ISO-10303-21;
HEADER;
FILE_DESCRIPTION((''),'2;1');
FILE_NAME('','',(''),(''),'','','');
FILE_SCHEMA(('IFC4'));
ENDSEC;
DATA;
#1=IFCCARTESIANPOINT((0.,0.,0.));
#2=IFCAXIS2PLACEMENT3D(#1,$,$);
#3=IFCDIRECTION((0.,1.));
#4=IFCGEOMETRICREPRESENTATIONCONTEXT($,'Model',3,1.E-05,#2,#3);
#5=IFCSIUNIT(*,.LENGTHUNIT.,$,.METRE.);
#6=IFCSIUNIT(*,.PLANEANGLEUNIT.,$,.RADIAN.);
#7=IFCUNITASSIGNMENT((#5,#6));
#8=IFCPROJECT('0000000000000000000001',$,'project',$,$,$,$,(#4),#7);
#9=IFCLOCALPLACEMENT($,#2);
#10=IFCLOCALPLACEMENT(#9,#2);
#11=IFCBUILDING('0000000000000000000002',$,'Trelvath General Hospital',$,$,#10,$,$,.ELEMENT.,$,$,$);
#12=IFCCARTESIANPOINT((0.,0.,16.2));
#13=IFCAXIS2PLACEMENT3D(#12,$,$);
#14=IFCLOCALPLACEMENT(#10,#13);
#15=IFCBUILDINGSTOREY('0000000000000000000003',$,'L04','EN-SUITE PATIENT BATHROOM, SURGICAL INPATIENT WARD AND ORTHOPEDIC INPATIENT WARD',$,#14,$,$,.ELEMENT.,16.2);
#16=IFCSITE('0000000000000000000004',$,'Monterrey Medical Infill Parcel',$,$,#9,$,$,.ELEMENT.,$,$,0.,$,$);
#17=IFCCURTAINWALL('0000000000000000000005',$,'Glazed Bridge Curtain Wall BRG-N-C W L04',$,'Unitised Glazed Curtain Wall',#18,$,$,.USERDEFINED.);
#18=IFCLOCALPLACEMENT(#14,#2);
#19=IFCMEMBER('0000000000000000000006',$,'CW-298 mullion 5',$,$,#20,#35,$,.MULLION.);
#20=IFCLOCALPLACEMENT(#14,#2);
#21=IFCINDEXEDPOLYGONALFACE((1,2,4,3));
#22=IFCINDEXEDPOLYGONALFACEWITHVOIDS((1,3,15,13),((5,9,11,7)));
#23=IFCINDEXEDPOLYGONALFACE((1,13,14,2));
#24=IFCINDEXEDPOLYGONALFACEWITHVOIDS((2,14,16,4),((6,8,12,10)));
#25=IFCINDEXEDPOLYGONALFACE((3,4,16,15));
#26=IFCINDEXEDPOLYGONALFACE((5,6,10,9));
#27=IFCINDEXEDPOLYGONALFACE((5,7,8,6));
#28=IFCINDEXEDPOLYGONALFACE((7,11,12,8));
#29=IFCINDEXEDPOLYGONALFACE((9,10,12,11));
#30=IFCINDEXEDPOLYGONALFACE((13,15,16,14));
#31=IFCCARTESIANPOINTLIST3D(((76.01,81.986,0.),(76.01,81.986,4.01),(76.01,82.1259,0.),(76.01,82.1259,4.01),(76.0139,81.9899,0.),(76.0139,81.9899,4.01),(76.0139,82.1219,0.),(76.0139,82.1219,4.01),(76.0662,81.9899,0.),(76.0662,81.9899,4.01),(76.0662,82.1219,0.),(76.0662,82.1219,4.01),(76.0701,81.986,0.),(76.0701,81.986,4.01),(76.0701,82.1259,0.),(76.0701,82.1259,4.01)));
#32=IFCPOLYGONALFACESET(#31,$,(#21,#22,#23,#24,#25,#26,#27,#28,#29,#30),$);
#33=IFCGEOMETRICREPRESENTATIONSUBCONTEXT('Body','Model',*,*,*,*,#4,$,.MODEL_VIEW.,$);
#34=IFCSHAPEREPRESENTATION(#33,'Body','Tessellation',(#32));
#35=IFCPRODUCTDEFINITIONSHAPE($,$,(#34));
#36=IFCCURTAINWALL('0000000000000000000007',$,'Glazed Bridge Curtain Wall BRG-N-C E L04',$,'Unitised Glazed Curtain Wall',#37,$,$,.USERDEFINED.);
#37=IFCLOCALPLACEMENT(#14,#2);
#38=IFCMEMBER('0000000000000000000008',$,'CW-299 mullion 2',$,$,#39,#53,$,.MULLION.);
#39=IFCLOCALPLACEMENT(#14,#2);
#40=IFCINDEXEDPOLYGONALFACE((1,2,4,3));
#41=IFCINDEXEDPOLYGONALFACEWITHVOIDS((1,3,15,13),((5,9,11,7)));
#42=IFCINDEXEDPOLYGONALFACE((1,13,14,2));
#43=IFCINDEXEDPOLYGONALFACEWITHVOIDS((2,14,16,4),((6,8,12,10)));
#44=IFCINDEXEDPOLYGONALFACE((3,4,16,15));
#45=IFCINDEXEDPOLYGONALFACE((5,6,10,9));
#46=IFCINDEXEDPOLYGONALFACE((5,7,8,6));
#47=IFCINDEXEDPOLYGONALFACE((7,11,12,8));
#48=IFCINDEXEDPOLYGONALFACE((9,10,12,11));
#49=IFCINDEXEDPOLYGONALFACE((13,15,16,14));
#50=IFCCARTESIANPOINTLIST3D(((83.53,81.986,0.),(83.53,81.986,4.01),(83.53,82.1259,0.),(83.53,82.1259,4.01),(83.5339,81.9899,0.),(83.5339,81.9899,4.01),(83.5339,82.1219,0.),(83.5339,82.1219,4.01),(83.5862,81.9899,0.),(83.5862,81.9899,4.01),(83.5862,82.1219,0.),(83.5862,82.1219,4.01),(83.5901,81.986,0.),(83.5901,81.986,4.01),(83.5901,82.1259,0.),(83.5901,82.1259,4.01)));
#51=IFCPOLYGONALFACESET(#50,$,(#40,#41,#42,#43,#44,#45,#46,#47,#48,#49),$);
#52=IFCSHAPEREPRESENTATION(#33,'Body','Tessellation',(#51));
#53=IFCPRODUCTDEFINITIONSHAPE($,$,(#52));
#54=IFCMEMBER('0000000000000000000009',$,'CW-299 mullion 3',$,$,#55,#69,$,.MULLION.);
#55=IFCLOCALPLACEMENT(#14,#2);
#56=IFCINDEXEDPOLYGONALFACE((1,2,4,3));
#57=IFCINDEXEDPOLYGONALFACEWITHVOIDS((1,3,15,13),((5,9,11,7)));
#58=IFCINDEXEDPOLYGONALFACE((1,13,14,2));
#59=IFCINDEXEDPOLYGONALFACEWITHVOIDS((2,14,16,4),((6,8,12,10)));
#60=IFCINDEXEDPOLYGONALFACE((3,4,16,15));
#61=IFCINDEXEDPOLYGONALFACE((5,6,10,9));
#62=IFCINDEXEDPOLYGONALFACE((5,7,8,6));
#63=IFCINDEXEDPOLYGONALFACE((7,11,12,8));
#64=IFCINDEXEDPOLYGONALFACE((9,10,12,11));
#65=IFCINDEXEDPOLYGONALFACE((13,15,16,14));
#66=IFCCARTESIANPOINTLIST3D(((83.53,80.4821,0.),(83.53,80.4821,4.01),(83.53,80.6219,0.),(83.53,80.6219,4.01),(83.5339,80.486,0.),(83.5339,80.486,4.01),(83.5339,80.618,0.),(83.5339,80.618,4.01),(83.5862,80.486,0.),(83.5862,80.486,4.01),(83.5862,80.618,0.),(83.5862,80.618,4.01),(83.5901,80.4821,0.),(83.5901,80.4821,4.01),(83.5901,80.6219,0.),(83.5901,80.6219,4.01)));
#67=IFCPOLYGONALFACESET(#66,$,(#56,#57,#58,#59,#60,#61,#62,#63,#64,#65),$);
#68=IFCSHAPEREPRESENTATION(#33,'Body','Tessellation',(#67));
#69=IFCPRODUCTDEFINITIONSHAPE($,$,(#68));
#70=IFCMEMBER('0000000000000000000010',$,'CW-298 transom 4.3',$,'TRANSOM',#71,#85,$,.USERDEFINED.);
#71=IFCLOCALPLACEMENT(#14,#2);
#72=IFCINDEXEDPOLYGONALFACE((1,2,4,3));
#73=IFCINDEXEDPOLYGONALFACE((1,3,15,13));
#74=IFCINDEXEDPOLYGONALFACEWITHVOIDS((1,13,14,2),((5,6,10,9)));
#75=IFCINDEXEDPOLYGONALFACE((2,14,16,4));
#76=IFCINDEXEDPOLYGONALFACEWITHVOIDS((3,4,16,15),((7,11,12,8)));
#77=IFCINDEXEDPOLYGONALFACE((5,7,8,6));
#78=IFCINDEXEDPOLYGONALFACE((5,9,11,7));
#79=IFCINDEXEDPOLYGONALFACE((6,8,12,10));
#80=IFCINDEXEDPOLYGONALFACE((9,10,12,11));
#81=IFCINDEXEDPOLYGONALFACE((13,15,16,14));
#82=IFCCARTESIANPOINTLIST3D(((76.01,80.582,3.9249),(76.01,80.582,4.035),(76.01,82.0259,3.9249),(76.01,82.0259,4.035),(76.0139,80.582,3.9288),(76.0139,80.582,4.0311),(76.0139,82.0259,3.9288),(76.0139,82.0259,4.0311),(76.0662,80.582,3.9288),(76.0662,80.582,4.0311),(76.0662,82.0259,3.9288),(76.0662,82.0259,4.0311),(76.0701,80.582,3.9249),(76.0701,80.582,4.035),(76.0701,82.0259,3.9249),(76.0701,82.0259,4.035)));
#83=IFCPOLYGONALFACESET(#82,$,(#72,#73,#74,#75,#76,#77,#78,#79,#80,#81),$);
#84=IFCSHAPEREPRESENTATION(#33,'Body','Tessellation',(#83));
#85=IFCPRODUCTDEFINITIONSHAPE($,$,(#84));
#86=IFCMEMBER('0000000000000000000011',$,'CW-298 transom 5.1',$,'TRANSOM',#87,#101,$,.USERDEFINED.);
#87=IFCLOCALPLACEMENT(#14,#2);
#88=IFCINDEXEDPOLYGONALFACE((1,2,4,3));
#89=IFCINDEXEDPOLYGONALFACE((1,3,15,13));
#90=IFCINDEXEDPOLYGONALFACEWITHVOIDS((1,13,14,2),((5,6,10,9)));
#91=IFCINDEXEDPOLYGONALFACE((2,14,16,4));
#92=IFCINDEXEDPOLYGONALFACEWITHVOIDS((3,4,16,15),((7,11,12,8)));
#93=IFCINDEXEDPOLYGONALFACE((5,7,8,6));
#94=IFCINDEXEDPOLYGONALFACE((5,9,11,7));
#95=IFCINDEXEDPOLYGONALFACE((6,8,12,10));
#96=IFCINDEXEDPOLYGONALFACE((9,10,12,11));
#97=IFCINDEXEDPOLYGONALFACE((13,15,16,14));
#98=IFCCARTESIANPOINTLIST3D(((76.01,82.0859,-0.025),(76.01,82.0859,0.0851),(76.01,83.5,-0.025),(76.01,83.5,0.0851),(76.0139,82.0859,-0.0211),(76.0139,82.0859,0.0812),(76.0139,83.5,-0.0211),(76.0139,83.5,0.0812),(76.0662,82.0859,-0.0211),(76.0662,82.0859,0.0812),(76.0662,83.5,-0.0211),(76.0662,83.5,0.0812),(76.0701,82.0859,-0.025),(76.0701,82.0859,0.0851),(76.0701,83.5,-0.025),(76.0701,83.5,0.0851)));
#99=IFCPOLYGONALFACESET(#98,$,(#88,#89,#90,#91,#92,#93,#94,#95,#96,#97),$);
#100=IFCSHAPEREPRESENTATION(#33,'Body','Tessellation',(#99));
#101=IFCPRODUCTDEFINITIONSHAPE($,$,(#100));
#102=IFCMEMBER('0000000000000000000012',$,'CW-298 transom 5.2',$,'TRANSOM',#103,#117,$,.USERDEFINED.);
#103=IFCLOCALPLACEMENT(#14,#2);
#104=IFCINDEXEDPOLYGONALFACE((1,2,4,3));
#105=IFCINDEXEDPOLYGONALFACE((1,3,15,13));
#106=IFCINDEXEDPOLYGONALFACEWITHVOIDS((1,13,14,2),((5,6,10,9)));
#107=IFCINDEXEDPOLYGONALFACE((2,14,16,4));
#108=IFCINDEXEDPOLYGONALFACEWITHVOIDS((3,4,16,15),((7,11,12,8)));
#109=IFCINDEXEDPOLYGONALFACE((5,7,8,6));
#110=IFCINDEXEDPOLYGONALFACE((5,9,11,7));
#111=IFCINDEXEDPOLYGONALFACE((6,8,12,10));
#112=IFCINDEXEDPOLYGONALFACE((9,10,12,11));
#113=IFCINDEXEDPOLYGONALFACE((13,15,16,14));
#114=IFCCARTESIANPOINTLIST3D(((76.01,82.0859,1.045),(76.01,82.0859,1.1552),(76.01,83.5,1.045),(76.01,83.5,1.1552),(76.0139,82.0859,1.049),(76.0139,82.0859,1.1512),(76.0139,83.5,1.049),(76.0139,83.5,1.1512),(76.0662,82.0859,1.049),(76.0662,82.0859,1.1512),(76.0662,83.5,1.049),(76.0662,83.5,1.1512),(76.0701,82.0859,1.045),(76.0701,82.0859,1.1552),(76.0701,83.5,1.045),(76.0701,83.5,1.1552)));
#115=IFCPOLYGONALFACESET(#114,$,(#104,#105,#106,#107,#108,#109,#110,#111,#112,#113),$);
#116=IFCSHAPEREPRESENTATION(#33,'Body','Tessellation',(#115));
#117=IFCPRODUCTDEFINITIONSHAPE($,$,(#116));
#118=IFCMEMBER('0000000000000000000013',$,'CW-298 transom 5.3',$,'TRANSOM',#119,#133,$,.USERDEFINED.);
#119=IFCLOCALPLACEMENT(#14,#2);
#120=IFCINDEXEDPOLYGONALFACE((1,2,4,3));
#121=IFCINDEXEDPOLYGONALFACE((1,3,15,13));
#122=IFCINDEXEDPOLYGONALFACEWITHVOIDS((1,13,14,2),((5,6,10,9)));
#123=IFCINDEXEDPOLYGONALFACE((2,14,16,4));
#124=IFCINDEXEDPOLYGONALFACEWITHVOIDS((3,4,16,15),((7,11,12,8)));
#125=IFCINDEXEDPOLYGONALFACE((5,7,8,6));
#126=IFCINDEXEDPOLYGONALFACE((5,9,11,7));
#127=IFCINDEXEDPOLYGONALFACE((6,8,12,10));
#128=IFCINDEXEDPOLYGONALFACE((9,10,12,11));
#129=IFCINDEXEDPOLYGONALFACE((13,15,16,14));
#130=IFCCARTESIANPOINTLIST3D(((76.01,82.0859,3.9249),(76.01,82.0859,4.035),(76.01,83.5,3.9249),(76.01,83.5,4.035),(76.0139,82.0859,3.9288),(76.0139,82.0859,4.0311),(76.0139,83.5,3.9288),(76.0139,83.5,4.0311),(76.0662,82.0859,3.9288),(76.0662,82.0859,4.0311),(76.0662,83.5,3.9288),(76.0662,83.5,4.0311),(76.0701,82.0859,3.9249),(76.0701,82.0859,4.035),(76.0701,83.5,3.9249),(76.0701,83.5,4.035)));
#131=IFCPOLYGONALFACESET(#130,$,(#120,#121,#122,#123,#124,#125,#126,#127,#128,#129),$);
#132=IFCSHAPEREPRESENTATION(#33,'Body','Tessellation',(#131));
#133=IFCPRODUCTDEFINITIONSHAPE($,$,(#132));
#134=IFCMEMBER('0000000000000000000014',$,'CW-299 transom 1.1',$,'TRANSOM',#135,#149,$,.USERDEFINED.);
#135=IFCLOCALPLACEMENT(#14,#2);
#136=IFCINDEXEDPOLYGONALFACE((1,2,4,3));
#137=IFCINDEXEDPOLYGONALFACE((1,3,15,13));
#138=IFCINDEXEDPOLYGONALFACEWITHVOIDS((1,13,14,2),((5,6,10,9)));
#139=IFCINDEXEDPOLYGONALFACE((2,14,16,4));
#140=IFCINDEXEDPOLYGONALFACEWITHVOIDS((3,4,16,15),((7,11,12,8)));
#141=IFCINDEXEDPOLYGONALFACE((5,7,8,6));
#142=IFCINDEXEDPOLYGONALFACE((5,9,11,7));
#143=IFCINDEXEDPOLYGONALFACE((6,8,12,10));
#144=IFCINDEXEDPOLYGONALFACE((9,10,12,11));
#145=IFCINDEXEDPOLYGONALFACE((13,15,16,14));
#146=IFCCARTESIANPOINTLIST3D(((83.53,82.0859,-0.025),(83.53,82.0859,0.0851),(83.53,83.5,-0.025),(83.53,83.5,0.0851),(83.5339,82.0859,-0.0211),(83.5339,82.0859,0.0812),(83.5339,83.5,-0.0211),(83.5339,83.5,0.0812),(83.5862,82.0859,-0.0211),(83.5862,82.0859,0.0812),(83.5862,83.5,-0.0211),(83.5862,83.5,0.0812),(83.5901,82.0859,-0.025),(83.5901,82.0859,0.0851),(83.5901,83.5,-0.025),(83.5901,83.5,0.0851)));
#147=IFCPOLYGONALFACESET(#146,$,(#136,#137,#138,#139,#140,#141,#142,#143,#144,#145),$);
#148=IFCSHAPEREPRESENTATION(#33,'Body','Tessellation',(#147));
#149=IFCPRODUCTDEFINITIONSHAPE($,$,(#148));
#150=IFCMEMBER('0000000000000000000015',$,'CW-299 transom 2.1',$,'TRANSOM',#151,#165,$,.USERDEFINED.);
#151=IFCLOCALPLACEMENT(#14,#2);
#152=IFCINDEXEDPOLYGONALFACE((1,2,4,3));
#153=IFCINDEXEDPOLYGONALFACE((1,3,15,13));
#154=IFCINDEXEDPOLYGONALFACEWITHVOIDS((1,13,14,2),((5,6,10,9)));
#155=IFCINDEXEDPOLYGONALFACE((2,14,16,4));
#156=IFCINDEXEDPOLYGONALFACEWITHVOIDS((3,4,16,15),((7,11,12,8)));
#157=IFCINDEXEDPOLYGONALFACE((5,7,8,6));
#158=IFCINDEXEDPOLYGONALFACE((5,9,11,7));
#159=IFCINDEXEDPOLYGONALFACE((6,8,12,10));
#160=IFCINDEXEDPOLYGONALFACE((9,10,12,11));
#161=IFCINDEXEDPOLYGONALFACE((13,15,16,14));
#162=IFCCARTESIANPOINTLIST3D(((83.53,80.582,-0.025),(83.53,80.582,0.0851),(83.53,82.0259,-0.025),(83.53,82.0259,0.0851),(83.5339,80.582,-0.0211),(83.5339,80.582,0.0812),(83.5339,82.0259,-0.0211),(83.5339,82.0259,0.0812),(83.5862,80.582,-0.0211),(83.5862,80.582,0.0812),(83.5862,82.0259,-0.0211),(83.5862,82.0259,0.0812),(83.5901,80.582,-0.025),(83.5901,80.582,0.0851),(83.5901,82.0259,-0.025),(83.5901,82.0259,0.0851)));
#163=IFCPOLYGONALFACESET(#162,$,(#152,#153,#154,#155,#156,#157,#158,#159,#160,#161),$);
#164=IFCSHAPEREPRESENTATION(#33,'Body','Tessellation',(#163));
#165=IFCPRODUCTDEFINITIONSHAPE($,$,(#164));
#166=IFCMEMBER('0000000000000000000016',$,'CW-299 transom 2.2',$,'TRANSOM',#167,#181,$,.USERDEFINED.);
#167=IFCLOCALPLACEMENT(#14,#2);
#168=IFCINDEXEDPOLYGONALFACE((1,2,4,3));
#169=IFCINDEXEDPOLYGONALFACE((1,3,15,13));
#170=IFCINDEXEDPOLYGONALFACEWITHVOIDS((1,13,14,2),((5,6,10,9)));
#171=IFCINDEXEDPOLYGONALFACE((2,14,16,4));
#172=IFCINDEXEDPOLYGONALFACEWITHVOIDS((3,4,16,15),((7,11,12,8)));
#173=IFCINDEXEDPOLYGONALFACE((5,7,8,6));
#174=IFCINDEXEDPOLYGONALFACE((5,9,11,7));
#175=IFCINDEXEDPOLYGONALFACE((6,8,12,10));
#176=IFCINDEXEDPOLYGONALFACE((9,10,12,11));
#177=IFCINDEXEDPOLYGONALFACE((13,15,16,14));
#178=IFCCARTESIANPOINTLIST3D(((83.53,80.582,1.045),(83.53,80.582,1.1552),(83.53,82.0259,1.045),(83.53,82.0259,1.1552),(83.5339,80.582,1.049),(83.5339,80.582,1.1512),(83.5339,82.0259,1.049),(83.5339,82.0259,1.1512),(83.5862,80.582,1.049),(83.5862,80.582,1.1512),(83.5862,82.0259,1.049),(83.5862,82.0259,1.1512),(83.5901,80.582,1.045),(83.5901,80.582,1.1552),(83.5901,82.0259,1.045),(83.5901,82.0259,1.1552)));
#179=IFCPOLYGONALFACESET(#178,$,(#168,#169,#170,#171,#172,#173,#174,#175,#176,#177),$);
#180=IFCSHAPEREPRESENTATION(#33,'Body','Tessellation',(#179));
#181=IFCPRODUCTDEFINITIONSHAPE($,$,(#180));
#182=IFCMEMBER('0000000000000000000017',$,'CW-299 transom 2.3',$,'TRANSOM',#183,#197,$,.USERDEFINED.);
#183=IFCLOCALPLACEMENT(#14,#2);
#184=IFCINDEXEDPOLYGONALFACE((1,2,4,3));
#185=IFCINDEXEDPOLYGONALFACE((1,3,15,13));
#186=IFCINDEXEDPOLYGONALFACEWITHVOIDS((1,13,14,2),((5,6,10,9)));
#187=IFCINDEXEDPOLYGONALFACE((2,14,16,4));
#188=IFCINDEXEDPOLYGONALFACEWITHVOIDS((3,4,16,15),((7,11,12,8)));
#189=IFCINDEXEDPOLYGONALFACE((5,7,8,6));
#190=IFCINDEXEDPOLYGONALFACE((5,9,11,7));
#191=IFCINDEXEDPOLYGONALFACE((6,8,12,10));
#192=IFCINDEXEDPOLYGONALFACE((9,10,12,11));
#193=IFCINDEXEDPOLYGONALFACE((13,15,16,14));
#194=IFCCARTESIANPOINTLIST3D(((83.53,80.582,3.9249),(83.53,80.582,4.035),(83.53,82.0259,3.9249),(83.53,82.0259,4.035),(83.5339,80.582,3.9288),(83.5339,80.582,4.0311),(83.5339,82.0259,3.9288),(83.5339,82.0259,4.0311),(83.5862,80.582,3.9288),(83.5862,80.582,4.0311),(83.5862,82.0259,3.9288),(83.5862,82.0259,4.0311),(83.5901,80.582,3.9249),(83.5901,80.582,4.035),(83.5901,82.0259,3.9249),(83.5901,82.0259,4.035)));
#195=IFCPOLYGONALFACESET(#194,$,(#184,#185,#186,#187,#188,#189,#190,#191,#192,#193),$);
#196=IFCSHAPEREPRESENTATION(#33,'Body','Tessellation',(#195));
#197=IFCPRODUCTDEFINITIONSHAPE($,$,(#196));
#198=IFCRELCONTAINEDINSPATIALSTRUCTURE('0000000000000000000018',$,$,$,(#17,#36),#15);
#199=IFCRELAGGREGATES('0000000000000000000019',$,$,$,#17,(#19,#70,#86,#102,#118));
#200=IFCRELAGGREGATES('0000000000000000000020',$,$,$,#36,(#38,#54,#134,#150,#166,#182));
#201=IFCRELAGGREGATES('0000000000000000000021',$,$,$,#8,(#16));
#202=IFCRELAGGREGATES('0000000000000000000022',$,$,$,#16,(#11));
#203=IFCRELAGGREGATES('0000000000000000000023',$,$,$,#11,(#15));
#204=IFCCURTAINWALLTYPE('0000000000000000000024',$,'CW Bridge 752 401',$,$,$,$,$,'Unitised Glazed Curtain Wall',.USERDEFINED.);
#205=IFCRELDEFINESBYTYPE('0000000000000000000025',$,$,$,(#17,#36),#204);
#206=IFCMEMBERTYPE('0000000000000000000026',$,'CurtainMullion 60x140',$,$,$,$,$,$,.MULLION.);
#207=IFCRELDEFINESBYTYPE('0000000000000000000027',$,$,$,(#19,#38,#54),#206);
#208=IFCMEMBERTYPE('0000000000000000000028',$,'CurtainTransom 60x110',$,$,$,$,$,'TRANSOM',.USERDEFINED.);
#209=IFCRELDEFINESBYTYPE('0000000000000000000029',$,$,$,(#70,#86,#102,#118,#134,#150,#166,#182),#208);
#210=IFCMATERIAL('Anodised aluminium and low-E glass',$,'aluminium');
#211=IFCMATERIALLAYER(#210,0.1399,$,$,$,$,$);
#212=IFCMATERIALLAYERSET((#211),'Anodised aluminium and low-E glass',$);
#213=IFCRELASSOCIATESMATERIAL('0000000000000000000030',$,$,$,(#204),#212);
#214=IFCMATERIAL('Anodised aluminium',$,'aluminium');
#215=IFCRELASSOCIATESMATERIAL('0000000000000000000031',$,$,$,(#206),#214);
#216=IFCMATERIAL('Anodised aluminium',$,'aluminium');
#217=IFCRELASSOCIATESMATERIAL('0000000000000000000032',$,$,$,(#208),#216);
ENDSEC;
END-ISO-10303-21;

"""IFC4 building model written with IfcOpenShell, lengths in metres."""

from ifc_helpers import new_model, si_unit, direction, frame, origin, origin_2d, place, context, subcontext, project, spatial, hollow_rectangle, extrude, material, layer, layer_set, material_profile, profile_set, type_object, element, aggregate, save


model = new_model("IFC4")

# Units and contexts
model_context = context("Model", 3, precision=1e-05, world=origin(), true_north=direction((0.0, 1.0)))
body_context = subcontext(model_context, "Body", "Model", "MODEL_VIEW")
ifc_project = project(units=[si_unit("LENGTHUNIT", "METRE"), si_unit("PLANEANGLEUNIT", "RADIAN")], contexts=[model_context])

# Site, building, storey
site_placement = place(None, origin())
site = spatial("IfcSite", under=ifc_project, at=site_placement, Name="Monterrey Medical Infill Parcel", CompositionType="ELEMENT", RefElevation=0.0)
building_placement = place(site_placement, origin())
building = spatial("IfcBuilding", under=site, at=building_placement, Name="Trelvath General Hospital", CompositionType="ELEMENT")
storey_placement = place(building_placement, frame((0.0, 0.0, 16.2)))
storey = spatial("IfcBuildingStorey", under=building, at=storey_placement, Name="L04", Description="EN-SUITE PATIENT BATHROOM, SURGICAL INPATIENT WARD AND ORTHOPEDIC INPATIENT WARD", CompositionType="ELEMENT", Elevation=16.2)

# Curtain wall, member
ifc_material_1 = material(Name="Anodised aluminium and low-E glass", Category="aluminium")
ifc_layer_1 = layer(ifc_material_1, 0.1399)
ifc_layer_set_1 = layer_set([ifc_layer_1], Name="Anodised aluminium and low-E glass")
curtain_wall_type = type_object("IfcCurtainWallType", Name="CW Bridge 752 401", ElementType="Unitised Glazed Curtain Wall", PredefinedType="USERDEFINED", material=ifc_layer_set_1)
curtain_wall_1_placement = place(storey_placement, origin())
curtain_wall_1 = element("IfcCurtainWall", 1, at=curtain_wall_1_placement, inside=storey, type_object=curtain_wall_type, Name="Glazed Bridge Curtain Wall BRG-N-C W L04", ObjectType="Unitised Glazed Curtain Wall", PredefinedType="USERDEFINED")
ifc_material_2 = material(Name="Anodised aluminium", Category="aluminium")
ifc_material_profile_1 = material_profile(ifc_material_2, hollow_rectangle(XDim=0.0601, YDim=0.1399, WallThickness=0.0039, at=origin_2d()), Name="RHS60x140x4")
ifc_profile_set_1 = profile_set([ifc_material_profile_1], Name="Anodised aluminium")
member_type_1 = type_object("IfcMemberType", Name="CurtainMullion 60x140", PredefinedType="MULLION", material=ifc_profile_set_1)
member_1_placement = place(storey_placement, frame((76.04, 82.0559, 0.0), z_axis=(0.0, 0.0, 1.0), x_axis=(-1.0, 0.0, 0.0)))
member_1 = element("IfcMember", 2, at=member_1_placement, type_object=member_type_1, Name="CW-298 mullion 5", PredefinedType="MULLION", context=body_context, shape_type="SweptSolid", body=[
    extrude(hollow_rectangle(XDim=0.0601, YDim=0.1399, WallThickness=0.0039, at=origin_2d()), origin(), (0.0, 0.0, 1.0), 4.01),
])

# Curtain wall, members
curtain_wall_2_placement = place(storey_placement, origin())
curtain_wall_2 = element("IfcCurtainWall", 3, at=curtain_wall_2_placement, inside=storey, type_object=curtain_wall_type, Name="Glazed Bridge Curtain Wall BRG-N-C E L04", ObjectType="Unitised Glazed Curtain Wall", PredefinedType="USERDEFINED")
member_2_placement = place(storey_placement, frame((83.5601, 82.0559, 0.0), z_axis=(0.0, 0.0, 1.0), x_axis=(1.0, 0.0, 0.0)))
member_2 = element("IfcMember", 4, at=member_2_placement, type_object=member_type_1, Name="CW-299 mullion 2", PredefinedType="MULLION", context=body_context, shape_type="SweptSolid", body=[
    extrude(hollow_rectangle(XDim=0.0601, YDim=0.1399, WallThickness=0.0039, at=origin_2d()), origin(), (0.0, 0.0, 1.0), 4.01),
])
member_3_placement = place(storey_placement, frame((83.5601, 80.552, 0.0), z_axis=(0.0, 0.0, 1.0), x_axis=(1.0, 0.0, 0.0)))
member_3 = element("IfcMember", 5, at=member_3_placement, type_object=member_type_1, Name="CW-299 mullion 3", PredefinedType="MULLION", context=body_context, shape_type="SweptSolid", body=[
    extrude(hollow_rectangle(XDim=0.0601, YDim=0.1399, WallThickness=0.0039, at=origin_2d()), origin(), (0.0, 0.0, 1.0), 4.01),
])

# Members
ifc_material_3 = material(Name="Anodised aluminium", Category="aluminium")
ifc_material_profile_2 = material_profile(ifc_material_3, hollow_rectangle(XDim=0.0601, YDim=0.1101, WallThickness=0.0039, at=origin_2d()), Name="RHS60x110x4")
ifc_profile_set_2 = profile_set([ifc_material_profile_2], Name="Anodised aluminium")
member_type_2 = type_object("IfcMemberType", Name="CurtainTransom 60x110", ElementType="TRANSOM", PredefinedType="USERDEFINED", material=ifc_profile_set_2)
member_4_placement = place(storey_placement, frame((76.04, 80.582, 3.98), z_axis=(0.0, 1.0, 0.0), x_axis=(-1.0, 0.0, 0.0)))
member_4 = element("IfcMember", 6, at=member_4_placement, type_object=member_type_2, Name="CW-298 transom 4.3", ObjectType="TRANSOM", PredefinedType="USERDEFINED", context=body_context, shape_type="SweptSolid", body=[
    extrude(hollow_rectangle(XDim=0.0601, YDim=0.1101, WallThickness=0.0039, at=origin_2d()), origin(), (0.0, 0.0, 1.0), 1.4438),
])
member_5_placement = place(storey_placement, frame((76.04, 82.0859, 0.03), z_axis=(0.0, 1.0, 0.0), x_axis=(-1.0, 0.0, 0.0)))
member_5 = element("IfcMember", 7, at=member_5_placement, type_object=member_type_2, Name="CW-298 transom 5.1", ObjectType="TRANSOM", PredefinedType="USERDEFINED", context=body_context, shape_type="SweptSolid", body=[
    extrude(hollow_rectangle(XDim=0.0601, YDim=0.1101, WallThickness=0.0039, at=origin_2d()), origin(), (0.0, 0.0, 1.0), 1.4141),
])
member_6_placement = place(storey_placement, frame((76.04, 82.0859, 1.1001), z_axis=(0.0, 1.0, 0.0), x_axis=(-1.0, 0.0, 0.0)))
member_6 = element("IfcMember", 8, at=member_6_placement, type_object=member_type_2, Name="CW-298 transom 5.2", ObjectType="TRANSOM", PredefinedType="USERDEFINED", context=body_context, shape_type="SweptSolid", body=[
    extrude(hollow_rectangle(XDim=0.0601, YDim=0.1101, WallThickness=0.0039, at=origin_2d()), origin(), (0.0, 0.0, 1.0), 1.4141),
])
member_7_placement = place(storey_placement, frame((76.04, 82.0859, 3.98), z_axis=(0.0, 1.0, 0.0), x_axis=(-1.0, 0.0, 0.0)))
member_7 = element("IfcMember", 9, at=member_7_placement, type_object=member_type_2, Name="CW-298 transom 5.3", ObjectType="TRANSOM", PredefinedType="USERDEFINED", context=body_context, shape_type="SweptSolid", body=[
    extrude(hollow_rectangle(XDim=0.0601, YDim=0.1101, WallThickness=0.0039, at=origin_2d()), origin(), (0.0, 0.0, 1.0), 1.4141),
])
member_8_placement = place(storey_placement, frame((83.5601, 83.5, 0.03), z_axis=(0.0, -1.0, 0.0), x_axis=(1.0, 0.0, 0.0)))
member_8 = element("IfcMember", 10, at=member_8_placement, type_object=member_type_2, Name="CW-299 transom 1.1", ObjectType="TRANSOM", PredefinedType="USERDEFINED", context=body_context, shape_type="SweptSolid", body=[
    extrude(hollow_rectangle(XDim=0.0601, YDim=0.1101, WallThickness=0.0039, at=origin_2d()), origin(), (0.0, 0.0, 1.0), 1.4141),
])
member_9_placement = place(storey_placement, frame((83.5601, 82.0259, 0.03), z_axis=(0.0, -1.0, 0.0), x_axis=(1.0, 0.0, 0.0)))
member_9 = element("IfcMember", 11, at=member_9_placement, type_object=member_type_2, Name="CW-299 transom 2.1", ObjectType="TRANSOM", PredefinedType="USERDEFINED", context=body_context, shape_type="SweptSolid", body=[
    extrude(hollow_rectangle(XDim=0.0601, YDim=0.1101, WallThickness=0.0039, at=origin_2d()), origin(), (0.0, 0.0, 1.0), 1.4438),
])
member_10_placement = place(storey_placement, frame((83.5601, 82.0259, 1.1001), z_axis=(0.0, -1.0, 0.0), x_axis=(1.0, 0.0, 0.0)))
member_10 = element("IfcMember", 12, at=member_10_placement, type_object=member_type_2, Name="CW-299 transom 2.2", ObjectType="TRANSOM", PredefinedType="USERDEFINED", context=body_context, shape_type="SweptSolid", body=[
    extrude(hollow_rectangle(XDim=0.0601, YDim=0.1101, WallThickness=0.0039, at=origin_2d()), origin(), (0.0, 0.0, 1.0), 1.4438),
])
member_11_placement = place(storey_placement, frame((83.5601, 82.0259, 3.98), z_axis=(0.0, -1.0, 0.0), x_axis=(1.0, 0.0, 0.0)))
member_11 = element("IfcMember", 13, at=member_11_placement, type_object=member_type_2, Name="CW-299 transom 2.3", ObjectType="TRANSOM", PredefinedType="USERDEFINED", context=body_context, shape_type="SweptSolid", body=[
    extrude(hollow_rectangle(XDim=0.0601, YDim=0.1101, WallThickness=0.0039, at=origin_2d()), origin(), (0.0, 0.0, 1.0), 1.4438),
])

aggregate(curtain_wall_1, [member_1, member_4, member_5, member_6, member_7])
aggregate(curtain_wall_2, [member_2, member_3, member_8, member_9, member_10, member_11])

save(model, "model.ifc")
